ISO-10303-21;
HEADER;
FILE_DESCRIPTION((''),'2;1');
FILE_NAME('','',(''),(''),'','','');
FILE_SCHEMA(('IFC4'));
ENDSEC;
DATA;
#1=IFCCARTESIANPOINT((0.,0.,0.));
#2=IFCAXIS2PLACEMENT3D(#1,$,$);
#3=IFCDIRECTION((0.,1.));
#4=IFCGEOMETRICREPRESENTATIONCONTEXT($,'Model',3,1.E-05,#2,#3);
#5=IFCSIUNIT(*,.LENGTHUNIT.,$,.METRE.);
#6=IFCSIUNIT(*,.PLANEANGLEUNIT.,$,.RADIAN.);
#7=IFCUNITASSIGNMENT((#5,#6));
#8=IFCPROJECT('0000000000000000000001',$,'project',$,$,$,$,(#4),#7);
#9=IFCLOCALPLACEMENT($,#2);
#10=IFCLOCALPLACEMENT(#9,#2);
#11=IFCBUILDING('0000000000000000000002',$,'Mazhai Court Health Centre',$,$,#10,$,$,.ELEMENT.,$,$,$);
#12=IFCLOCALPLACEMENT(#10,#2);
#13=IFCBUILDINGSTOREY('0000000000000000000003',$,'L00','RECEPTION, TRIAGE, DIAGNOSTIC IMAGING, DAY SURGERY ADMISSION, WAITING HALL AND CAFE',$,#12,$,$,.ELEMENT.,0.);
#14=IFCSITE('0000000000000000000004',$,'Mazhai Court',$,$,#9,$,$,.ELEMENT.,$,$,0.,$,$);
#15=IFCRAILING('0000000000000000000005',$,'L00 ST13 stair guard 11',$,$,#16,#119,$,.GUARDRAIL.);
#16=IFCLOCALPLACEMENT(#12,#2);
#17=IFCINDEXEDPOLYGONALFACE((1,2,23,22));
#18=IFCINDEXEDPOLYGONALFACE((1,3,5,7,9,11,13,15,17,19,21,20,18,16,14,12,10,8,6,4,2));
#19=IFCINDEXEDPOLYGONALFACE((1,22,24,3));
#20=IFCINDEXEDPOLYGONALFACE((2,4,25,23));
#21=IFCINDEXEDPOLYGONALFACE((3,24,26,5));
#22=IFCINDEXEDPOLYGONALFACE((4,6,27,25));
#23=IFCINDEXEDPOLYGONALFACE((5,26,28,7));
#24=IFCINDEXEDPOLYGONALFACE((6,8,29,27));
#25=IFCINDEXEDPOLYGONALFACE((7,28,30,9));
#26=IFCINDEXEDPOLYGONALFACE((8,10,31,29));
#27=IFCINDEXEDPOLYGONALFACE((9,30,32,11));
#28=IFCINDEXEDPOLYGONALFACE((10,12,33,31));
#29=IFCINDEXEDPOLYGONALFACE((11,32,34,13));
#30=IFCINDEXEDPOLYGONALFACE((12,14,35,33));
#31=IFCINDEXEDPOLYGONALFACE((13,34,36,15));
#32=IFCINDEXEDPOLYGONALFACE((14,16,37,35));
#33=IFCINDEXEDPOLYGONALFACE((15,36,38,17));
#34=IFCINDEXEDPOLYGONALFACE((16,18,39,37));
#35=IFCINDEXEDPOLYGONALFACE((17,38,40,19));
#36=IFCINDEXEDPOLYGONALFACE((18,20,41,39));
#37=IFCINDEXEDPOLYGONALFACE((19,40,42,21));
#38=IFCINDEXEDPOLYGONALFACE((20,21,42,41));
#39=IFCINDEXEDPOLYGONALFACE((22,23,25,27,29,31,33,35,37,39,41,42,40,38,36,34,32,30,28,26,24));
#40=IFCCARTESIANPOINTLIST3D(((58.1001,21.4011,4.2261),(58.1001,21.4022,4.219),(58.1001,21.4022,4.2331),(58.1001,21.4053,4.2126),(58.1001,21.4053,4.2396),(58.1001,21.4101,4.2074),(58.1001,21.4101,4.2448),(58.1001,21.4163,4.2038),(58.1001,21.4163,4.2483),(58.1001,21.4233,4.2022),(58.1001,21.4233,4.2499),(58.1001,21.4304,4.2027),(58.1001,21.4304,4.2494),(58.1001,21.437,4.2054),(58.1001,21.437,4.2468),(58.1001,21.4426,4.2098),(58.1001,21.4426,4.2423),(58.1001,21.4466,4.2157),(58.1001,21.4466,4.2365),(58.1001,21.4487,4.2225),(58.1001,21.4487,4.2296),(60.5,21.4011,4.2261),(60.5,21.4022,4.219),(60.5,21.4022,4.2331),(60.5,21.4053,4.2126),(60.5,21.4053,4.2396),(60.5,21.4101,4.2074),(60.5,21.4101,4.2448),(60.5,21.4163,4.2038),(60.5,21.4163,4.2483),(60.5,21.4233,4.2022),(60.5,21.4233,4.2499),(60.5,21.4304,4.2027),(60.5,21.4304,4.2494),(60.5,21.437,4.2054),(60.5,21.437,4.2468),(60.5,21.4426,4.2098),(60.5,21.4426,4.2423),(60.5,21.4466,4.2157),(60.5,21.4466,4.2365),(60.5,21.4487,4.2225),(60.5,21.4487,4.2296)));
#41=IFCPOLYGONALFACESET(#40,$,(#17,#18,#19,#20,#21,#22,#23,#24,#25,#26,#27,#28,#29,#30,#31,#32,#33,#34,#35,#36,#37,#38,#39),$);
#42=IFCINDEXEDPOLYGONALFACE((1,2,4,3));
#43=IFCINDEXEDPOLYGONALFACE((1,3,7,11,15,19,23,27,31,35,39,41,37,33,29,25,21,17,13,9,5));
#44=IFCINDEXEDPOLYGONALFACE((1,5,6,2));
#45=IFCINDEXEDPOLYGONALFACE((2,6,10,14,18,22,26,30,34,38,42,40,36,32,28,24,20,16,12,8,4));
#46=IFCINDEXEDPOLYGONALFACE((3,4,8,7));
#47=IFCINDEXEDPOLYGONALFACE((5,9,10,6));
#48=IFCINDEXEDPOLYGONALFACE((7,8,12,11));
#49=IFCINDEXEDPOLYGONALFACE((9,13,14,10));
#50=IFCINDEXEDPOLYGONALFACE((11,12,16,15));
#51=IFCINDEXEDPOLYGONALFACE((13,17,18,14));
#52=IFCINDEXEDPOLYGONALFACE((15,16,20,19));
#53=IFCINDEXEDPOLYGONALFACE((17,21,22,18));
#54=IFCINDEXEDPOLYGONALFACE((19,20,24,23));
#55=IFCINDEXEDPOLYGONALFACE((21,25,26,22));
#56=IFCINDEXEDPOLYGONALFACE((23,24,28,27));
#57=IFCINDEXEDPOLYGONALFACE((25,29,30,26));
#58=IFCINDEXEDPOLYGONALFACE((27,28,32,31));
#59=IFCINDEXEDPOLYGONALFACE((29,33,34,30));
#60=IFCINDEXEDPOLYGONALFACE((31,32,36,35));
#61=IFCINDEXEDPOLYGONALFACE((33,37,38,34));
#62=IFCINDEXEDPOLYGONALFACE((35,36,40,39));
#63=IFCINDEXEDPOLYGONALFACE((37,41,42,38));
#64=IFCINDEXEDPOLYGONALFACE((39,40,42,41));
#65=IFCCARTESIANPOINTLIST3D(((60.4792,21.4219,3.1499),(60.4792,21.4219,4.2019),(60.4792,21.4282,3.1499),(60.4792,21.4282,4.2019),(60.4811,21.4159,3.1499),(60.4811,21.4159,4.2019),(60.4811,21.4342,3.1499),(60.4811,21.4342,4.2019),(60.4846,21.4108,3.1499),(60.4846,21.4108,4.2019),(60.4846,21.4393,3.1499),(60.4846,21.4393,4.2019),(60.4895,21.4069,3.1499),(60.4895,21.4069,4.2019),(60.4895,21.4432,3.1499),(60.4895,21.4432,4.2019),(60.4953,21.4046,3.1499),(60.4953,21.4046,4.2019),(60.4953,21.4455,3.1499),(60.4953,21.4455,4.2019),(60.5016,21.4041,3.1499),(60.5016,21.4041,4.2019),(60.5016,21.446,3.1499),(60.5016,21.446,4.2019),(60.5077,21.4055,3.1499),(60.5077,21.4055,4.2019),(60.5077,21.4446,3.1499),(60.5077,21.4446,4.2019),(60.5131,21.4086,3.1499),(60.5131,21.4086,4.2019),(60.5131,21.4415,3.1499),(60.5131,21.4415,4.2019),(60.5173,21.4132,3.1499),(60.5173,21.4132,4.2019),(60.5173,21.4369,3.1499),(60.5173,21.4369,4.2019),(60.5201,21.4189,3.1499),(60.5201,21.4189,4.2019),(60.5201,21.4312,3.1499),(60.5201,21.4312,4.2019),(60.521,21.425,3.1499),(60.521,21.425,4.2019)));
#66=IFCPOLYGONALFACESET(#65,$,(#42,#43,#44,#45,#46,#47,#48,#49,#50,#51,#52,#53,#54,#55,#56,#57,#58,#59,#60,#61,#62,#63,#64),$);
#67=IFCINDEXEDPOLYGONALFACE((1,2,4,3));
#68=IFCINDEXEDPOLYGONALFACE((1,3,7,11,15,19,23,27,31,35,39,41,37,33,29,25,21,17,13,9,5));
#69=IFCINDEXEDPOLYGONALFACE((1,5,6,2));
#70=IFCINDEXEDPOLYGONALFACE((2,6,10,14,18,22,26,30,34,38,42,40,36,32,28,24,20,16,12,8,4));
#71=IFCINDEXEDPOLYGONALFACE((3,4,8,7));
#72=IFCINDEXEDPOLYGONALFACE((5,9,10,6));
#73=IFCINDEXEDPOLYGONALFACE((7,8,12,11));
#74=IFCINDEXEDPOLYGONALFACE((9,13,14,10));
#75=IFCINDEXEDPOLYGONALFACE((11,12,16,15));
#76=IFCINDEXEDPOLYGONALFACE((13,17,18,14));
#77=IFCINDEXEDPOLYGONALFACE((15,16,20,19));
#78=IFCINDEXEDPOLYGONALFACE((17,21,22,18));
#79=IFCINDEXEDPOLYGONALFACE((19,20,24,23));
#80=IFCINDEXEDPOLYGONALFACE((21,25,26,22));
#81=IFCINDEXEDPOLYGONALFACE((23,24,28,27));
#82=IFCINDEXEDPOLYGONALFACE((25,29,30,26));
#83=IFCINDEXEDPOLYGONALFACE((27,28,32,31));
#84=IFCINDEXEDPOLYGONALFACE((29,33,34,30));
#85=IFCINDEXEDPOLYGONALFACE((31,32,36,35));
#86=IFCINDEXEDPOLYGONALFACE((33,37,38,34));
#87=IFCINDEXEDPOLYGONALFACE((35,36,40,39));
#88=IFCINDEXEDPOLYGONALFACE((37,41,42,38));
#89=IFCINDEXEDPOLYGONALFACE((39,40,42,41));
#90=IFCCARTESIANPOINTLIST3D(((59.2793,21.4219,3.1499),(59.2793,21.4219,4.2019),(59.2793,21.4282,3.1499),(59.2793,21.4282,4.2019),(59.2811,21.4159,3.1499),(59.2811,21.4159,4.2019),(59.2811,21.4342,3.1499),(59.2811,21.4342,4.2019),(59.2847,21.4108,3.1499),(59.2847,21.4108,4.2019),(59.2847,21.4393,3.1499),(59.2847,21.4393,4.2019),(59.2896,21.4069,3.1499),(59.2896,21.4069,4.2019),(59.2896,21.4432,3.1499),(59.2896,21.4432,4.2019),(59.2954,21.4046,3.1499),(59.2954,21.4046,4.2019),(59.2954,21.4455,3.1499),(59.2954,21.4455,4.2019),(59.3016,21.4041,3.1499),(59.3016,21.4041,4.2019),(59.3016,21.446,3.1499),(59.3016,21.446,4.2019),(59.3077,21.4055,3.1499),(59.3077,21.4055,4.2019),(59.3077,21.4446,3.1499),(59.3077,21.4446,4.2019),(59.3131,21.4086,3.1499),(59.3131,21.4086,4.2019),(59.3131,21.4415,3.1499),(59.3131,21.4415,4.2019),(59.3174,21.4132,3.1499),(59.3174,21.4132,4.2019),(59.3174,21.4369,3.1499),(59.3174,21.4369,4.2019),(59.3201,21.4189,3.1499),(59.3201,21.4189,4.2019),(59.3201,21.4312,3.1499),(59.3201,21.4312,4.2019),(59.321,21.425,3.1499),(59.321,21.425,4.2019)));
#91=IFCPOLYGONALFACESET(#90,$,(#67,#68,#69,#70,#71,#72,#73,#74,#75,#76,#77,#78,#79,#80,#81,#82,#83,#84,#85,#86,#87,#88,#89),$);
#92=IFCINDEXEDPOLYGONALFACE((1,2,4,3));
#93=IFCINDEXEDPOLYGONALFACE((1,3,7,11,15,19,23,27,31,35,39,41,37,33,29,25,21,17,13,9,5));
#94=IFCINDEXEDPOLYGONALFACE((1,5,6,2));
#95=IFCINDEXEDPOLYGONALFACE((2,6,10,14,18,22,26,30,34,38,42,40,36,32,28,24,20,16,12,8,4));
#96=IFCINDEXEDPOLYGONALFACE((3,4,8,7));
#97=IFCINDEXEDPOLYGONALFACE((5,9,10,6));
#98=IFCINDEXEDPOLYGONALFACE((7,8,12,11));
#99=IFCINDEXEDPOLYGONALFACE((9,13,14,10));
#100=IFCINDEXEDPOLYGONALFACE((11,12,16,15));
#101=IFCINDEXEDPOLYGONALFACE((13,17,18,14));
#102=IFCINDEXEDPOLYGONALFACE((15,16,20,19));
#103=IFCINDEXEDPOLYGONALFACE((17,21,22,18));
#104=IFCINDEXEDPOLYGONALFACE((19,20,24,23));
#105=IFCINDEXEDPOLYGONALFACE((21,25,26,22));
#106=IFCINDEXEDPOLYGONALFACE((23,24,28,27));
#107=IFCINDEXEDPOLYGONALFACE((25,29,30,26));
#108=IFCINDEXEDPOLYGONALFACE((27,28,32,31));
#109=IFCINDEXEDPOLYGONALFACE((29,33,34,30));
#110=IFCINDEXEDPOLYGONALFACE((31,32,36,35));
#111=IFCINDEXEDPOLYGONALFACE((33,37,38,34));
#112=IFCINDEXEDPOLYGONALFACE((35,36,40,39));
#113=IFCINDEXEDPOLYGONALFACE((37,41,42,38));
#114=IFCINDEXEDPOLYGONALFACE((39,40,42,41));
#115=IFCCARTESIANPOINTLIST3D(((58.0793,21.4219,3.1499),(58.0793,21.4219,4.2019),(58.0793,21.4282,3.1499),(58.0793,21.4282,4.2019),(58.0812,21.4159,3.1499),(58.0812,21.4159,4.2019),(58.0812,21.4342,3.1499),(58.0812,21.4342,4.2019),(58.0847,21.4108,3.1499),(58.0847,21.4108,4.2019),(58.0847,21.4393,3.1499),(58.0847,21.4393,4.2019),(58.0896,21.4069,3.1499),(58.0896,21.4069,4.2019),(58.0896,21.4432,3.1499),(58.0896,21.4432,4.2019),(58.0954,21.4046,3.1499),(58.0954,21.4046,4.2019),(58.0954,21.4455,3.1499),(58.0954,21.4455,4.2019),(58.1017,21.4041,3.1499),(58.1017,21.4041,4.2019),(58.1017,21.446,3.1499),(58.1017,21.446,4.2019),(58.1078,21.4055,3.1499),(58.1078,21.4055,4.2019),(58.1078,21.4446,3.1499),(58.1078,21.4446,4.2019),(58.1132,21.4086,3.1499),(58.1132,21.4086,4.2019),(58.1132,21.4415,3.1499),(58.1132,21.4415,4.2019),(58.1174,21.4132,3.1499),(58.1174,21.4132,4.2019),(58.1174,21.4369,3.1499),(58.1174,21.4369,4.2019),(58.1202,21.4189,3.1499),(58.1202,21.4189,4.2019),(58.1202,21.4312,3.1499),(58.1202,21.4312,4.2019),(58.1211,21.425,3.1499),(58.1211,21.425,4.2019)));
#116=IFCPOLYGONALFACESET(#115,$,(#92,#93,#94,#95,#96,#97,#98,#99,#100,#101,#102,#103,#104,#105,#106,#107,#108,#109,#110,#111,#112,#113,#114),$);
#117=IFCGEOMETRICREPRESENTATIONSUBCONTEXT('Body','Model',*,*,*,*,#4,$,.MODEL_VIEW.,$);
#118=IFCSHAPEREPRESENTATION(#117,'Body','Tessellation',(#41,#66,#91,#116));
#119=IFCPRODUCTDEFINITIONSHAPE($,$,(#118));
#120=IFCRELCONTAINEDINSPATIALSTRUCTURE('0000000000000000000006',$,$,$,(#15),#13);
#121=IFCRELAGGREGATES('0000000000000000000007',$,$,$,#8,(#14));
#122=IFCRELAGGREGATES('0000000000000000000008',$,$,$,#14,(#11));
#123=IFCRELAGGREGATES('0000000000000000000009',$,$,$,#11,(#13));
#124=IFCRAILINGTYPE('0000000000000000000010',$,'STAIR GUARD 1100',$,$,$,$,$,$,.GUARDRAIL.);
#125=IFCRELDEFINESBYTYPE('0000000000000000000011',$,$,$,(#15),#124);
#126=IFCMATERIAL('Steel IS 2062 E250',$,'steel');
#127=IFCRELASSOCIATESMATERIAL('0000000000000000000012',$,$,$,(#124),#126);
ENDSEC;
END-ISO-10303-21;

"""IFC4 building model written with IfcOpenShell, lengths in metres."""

from ifc_helpers import new_model, si_unit, direction, frame, origin, origin_2d, place, context, subcontext, project, spatial, circle, extrude, material, type_object, element, save


model = new_model("IFC4")

# Units and contexts
model_context = context("Model", 3, precision=1e-05, world=origin(), true_north=direction((0.0, 1.0)))
body_context = subcontext(model_context, "Body", "Model", "MODEL_VIEW")
ifc_project = project(units=[si_unit("LENGTHUNIT", "METRE"), si_unit("PLANEANGLEUNIT", "RADIAN")], contexts=[model_context])

# Site, building, storey
site_placement = place(None, origin())
site = spatial("IfcSite", under=ifc_project, at=site_placement, Name="Mazhai Court", CompositionType="ELEMENT", RefElevation=0.0)
building_placement = place(site_placement, origin())
building = spatial("IfcBuilding", under=site, at=building_placement, Name="Mazhai Court Health Centre", CompositionType="ELEMENT")
storey_placement = place(building_placement, origin())
storey = spatial("IfcBuildingStorey", under=building, at=storey_placement, Name="L00", Description="RECEPTION, TRIAGE, DIAGNOSTIC IMAGING, DAY SURGERY ADMISSION, WAITING HALL AND CAFE", CompositionType="ELEMENT", Elevation=0.0)

# Railing
ifc_material_1 = material(Name="Steel IS 2062 E250", Category="steel")
railing_type = type_object("IfcRailingType", Name="STAIR GUARD 1100", PredefinedType="GUARDRAIL", material=ifc_material_1)
railing_1_placement = place(storey_placement, frame((60.5, 21.425, 3.1499)))
element("IfcRailing", 1, at=railing_1_placement, inside=storey, type_object=railing_type, Name="L00 ST13 stair guard 11", PredefinedType="GUARDRAIL", context=body_context, shape_type="SweptSolid", body=[
    extrude(circle(Radius=0.0239, at=origin_2d()), frame((0.0, 0.0, 1.0762), z_axis=(-1.0, 0.0, 0.0), x_axis=(0.0, -1.0, 0.0)), (0.0, 0.0, 1.0), 2.3999),
    extrude(circle(Radius=0.021, at=origin_2d()), origin(), (0.0, 0.0, 1.0), 1.052),
    extrude(circle(Radius=0.021, at=origin_2d()), frame((-1.2, 0.0, 0.0)), (0.0, 0.0, 1.0), 1.052),
    extrude(circle(Radius=0.021, at=origin_2d()), frame((-2.3999, 0.0, 0.0)), (0.0, 0.0, 1.0), 1.052),
])

save(model, "model.ifc")
